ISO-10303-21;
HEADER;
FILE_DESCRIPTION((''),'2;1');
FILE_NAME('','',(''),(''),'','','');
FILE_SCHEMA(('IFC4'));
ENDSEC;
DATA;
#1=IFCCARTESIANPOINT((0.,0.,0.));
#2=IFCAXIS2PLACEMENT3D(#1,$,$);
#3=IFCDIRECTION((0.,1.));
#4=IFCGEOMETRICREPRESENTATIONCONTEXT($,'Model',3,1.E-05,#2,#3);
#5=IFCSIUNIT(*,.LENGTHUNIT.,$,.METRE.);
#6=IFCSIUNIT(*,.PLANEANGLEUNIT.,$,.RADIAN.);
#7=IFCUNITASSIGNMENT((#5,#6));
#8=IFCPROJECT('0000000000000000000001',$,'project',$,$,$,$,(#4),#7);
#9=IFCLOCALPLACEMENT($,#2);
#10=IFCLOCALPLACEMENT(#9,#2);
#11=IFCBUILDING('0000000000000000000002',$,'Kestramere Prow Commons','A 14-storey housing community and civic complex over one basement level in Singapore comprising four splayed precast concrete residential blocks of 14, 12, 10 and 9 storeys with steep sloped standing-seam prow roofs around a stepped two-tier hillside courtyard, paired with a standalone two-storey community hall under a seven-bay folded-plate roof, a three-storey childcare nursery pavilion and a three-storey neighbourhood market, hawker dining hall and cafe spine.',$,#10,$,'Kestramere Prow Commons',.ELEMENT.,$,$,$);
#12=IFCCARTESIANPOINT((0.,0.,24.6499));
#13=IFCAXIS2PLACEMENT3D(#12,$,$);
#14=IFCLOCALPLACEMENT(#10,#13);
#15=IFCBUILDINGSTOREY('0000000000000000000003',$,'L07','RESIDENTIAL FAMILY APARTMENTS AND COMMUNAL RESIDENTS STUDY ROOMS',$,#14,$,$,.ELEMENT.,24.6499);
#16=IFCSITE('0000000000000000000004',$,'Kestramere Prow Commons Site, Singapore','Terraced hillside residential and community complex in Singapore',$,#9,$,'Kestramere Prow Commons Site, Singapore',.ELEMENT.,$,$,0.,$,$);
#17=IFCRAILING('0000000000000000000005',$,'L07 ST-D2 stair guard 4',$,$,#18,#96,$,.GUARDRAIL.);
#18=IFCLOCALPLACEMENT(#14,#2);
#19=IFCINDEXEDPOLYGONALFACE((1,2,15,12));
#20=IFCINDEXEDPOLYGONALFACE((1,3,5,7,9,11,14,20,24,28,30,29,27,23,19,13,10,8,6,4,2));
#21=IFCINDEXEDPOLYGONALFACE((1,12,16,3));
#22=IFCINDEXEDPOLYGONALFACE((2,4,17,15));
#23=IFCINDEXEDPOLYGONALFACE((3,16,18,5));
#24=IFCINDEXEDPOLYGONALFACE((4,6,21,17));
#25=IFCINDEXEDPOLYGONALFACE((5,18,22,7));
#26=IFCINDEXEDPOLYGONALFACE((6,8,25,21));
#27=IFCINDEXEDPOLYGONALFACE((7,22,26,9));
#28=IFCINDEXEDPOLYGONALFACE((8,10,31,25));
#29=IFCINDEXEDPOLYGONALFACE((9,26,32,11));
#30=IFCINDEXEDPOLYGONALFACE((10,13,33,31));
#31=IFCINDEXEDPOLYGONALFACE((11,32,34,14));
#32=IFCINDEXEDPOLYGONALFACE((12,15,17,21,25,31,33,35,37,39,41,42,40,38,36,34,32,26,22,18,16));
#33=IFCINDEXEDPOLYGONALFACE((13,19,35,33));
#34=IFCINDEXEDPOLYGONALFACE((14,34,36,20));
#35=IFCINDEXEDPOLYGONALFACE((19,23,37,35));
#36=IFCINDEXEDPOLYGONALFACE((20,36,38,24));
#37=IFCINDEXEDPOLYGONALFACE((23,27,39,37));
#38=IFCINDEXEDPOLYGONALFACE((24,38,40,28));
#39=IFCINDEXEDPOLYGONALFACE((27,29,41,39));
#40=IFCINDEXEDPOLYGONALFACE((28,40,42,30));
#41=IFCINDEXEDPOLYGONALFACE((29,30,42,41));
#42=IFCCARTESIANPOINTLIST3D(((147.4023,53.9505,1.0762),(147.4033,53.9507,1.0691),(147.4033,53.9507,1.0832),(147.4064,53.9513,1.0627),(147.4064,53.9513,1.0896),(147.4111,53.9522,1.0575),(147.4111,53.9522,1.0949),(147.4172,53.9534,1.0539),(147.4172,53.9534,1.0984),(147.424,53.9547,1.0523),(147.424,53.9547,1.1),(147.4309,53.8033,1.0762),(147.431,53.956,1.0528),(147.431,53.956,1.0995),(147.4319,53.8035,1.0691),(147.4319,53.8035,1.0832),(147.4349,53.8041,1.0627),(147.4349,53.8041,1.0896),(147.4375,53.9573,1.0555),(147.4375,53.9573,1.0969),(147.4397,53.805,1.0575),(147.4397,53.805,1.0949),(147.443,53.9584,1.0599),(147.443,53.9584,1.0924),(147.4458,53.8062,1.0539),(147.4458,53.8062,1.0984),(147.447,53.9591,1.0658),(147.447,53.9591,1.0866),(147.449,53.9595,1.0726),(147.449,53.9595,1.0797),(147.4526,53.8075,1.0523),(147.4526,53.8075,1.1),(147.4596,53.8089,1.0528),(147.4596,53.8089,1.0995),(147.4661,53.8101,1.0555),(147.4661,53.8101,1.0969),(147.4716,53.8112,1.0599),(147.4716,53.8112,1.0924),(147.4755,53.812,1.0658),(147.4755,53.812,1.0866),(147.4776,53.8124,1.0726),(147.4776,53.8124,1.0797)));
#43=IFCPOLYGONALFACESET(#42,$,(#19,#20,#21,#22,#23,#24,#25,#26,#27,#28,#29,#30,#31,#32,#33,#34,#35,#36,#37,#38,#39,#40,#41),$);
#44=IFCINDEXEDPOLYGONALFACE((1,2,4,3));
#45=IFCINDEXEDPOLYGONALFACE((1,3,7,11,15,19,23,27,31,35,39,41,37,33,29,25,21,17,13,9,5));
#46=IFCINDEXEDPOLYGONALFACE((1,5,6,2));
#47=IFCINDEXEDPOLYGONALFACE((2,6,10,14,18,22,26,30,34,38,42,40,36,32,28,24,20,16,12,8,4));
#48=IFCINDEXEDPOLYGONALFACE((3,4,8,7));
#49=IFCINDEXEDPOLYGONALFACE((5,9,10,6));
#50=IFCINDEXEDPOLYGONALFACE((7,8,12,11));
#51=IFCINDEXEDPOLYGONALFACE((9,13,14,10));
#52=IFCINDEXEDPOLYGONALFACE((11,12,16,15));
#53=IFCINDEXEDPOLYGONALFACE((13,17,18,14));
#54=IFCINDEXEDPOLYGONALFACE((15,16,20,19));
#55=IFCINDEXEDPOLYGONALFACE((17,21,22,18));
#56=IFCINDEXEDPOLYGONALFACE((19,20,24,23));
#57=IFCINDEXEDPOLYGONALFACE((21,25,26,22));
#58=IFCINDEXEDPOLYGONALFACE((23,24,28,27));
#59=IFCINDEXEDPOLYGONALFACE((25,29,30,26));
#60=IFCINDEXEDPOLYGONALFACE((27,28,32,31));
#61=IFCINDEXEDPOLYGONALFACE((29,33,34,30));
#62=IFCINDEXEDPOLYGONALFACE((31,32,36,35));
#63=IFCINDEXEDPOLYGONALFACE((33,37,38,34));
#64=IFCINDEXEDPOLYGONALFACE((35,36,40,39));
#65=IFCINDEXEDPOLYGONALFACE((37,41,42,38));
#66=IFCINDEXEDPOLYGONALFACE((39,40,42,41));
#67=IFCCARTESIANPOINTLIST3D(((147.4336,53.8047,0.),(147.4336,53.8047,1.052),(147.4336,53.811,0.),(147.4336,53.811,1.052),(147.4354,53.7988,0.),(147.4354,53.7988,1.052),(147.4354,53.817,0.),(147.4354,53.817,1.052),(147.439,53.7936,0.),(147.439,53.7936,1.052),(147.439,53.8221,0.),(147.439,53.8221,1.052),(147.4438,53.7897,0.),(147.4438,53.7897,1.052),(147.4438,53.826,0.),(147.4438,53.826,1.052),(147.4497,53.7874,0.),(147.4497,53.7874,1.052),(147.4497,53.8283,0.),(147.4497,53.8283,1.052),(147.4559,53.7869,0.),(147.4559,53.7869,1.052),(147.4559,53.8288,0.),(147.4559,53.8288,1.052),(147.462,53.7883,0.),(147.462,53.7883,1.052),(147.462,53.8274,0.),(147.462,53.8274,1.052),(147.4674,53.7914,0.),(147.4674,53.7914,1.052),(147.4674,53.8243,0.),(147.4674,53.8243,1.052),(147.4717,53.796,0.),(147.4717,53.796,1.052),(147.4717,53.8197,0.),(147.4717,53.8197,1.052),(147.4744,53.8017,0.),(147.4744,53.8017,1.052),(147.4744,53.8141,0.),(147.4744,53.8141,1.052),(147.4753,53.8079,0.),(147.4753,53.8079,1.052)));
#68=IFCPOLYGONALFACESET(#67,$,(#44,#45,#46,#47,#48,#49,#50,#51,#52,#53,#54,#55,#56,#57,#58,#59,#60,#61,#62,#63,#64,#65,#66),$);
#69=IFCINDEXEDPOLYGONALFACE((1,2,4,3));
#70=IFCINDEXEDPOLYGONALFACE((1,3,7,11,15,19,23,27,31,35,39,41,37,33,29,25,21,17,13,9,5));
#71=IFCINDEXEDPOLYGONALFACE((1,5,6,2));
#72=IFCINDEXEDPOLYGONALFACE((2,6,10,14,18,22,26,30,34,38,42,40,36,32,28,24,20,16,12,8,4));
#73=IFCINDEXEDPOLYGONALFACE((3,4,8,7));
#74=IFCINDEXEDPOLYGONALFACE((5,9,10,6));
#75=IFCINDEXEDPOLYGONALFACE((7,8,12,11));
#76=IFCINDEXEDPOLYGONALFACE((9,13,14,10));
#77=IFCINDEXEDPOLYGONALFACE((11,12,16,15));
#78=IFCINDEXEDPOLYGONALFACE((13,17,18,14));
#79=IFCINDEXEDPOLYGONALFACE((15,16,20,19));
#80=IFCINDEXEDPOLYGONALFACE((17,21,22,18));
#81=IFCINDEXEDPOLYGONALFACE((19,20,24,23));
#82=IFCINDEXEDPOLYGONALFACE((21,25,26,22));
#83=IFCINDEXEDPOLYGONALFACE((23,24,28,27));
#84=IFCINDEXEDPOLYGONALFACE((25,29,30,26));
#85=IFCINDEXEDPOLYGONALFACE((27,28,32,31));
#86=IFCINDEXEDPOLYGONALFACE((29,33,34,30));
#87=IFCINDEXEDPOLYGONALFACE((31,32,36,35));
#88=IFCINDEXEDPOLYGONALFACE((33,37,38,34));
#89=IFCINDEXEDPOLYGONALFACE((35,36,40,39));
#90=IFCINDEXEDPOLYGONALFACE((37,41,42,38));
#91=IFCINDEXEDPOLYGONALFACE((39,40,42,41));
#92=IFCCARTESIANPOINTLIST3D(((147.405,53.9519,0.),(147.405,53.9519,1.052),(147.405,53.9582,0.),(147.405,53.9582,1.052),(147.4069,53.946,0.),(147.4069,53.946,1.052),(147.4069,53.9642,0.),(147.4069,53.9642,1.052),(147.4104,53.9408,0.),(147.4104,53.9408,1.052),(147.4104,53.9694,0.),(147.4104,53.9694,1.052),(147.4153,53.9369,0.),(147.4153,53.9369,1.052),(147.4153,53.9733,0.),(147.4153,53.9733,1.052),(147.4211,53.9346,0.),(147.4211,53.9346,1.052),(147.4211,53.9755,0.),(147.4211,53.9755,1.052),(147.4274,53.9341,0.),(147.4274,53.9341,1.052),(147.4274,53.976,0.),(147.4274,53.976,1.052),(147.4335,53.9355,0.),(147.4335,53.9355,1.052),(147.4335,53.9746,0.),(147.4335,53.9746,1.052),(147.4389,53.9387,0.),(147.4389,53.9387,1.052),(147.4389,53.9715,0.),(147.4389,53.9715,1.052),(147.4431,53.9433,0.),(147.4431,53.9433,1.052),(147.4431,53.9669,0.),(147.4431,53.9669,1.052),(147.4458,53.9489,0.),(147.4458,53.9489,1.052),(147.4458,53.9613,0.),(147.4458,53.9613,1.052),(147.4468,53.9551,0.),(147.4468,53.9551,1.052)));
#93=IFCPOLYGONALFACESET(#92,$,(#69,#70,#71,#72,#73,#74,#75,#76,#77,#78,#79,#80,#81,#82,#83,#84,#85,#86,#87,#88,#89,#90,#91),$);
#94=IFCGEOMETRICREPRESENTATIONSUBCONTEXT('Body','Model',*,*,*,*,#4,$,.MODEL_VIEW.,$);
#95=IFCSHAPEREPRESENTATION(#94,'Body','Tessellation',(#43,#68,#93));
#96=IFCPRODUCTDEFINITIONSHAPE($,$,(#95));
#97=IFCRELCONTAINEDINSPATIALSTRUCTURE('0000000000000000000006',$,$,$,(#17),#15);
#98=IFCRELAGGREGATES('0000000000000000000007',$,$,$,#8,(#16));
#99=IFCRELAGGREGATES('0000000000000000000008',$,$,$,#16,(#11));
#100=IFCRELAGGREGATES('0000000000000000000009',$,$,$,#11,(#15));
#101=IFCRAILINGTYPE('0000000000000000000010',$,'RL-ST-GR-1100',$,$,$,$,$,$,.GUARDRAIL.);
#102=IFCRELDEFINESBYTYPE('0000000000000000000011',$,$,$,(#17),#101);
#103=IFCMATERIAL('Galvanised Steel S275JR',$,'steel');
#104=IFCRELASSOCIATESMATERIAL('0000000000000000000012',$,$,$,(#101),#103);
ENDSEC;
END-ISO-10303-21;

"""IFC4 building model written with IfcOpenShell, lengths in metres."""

from ifc_helpers import new_model, si_unit, direction, frame, origin, origin_2d, place, context, subcontext, project, spatial, circle, extrude, material, type_object, element, save


model = new_model("IFC4")

# Units and contexts
model_context = context("Model", 3, precision=1e-05, world=origin(), true_north=direction((0.0, 1.0)))
body_context = subcontext(model_context, "Body", "Model", "MODEL_VIEW")
ifc_project = project(units=[si_unit("LENGTHUNIT", "METRE"), si_unit("PLANEANGLEUNIT", "RADIAN")], contexts=[model_context])

# Site, building, storey
site_placement = place(None, origin())
site = spatial("IfcSite", under=ifc_project, at=site_placement, Name="Kestramere Prow Commons Site, Singapore", Description="Terraced hillside residential and community complex in Singapore", LongName="Kestramere Prow Commons Site, Singapore", CompositionType="ELEMENT", RefElevation=0.0)
building_placement = place(site_placement, origin())
building = spatial("IfcBuilding", under=site, at=building_placement, Name="Kestramere Prow Commons", Description="A 14-storey housing community and civic complex over one basement level in Singapore comprising four splayed precast concrete residential blocks of 14, 12, 10 and 9 storeys with steep sloped standing-seam prow roofs around a stepped two-tier hillside courtyard, paired with a standalone two-storey community hall under a seven-bay folded-plate roof, a three-storey childcare nursery pavilion and a three-storey neighbourhood market, hawker dining hall and cafe spine.", LongName="Kestramere Prow Commons", CompositionType="ELEMENT")
storey_placement = place(building_placement, frame((0.0, 0.0, 24.6499)))
storey = spatial("IfcBuildingStorey", under=building, at=storey_placement, Name="L07", Description="RESIDENTIAL FAMILY APARTMENTS AND COMMUNAL RESIDENTS STUDY ROOMS", CompositionType="ELEMENT", Elevation=24.6499)

# Railing
ifc_material_1 = material(Name="Galvanised Steel S275JR", Category="steel")
railing_type_1 = type_object("IfcRailingType", Name="RL-ST-GR-1100", PredefinedType="GUARDRAIL", material=ifc_material_1)
railing_1_placement = place(storey_placement, frame((147.4543, 53.8079, 0.0)))
element("IfcRailing", 1, at=railing_1_placement, inside=storey, type_object=railing_type_1, Name="L07 ST-D2 stair guard 4", PredefinedType="GUARDRAIL", context=body_context, shape_type="SweptSolid", body=[
    extrude(circle(Radius=0.0239, at=origin_2d()), frame((0.0, 0.0, 1.0762), z_axis=(-0.190477, 0.981692, 0.0), x_axis=(-0.981692, -0.190477, 0.0)), (0.0, 0.0, 1.0), 0.1499),
    extrude(circle(Radius=0.021, at=origin_2d()), origin(), (0.0, 0.0, 1.0), 1.052),
    extrude(circle(Radius=0.021, at=origin_2d()), frame((-0.0286, 0.1472, 0.0)), (0.0, 0.0, 1.0), 1.052),
])

save(model, "model.ifc")
